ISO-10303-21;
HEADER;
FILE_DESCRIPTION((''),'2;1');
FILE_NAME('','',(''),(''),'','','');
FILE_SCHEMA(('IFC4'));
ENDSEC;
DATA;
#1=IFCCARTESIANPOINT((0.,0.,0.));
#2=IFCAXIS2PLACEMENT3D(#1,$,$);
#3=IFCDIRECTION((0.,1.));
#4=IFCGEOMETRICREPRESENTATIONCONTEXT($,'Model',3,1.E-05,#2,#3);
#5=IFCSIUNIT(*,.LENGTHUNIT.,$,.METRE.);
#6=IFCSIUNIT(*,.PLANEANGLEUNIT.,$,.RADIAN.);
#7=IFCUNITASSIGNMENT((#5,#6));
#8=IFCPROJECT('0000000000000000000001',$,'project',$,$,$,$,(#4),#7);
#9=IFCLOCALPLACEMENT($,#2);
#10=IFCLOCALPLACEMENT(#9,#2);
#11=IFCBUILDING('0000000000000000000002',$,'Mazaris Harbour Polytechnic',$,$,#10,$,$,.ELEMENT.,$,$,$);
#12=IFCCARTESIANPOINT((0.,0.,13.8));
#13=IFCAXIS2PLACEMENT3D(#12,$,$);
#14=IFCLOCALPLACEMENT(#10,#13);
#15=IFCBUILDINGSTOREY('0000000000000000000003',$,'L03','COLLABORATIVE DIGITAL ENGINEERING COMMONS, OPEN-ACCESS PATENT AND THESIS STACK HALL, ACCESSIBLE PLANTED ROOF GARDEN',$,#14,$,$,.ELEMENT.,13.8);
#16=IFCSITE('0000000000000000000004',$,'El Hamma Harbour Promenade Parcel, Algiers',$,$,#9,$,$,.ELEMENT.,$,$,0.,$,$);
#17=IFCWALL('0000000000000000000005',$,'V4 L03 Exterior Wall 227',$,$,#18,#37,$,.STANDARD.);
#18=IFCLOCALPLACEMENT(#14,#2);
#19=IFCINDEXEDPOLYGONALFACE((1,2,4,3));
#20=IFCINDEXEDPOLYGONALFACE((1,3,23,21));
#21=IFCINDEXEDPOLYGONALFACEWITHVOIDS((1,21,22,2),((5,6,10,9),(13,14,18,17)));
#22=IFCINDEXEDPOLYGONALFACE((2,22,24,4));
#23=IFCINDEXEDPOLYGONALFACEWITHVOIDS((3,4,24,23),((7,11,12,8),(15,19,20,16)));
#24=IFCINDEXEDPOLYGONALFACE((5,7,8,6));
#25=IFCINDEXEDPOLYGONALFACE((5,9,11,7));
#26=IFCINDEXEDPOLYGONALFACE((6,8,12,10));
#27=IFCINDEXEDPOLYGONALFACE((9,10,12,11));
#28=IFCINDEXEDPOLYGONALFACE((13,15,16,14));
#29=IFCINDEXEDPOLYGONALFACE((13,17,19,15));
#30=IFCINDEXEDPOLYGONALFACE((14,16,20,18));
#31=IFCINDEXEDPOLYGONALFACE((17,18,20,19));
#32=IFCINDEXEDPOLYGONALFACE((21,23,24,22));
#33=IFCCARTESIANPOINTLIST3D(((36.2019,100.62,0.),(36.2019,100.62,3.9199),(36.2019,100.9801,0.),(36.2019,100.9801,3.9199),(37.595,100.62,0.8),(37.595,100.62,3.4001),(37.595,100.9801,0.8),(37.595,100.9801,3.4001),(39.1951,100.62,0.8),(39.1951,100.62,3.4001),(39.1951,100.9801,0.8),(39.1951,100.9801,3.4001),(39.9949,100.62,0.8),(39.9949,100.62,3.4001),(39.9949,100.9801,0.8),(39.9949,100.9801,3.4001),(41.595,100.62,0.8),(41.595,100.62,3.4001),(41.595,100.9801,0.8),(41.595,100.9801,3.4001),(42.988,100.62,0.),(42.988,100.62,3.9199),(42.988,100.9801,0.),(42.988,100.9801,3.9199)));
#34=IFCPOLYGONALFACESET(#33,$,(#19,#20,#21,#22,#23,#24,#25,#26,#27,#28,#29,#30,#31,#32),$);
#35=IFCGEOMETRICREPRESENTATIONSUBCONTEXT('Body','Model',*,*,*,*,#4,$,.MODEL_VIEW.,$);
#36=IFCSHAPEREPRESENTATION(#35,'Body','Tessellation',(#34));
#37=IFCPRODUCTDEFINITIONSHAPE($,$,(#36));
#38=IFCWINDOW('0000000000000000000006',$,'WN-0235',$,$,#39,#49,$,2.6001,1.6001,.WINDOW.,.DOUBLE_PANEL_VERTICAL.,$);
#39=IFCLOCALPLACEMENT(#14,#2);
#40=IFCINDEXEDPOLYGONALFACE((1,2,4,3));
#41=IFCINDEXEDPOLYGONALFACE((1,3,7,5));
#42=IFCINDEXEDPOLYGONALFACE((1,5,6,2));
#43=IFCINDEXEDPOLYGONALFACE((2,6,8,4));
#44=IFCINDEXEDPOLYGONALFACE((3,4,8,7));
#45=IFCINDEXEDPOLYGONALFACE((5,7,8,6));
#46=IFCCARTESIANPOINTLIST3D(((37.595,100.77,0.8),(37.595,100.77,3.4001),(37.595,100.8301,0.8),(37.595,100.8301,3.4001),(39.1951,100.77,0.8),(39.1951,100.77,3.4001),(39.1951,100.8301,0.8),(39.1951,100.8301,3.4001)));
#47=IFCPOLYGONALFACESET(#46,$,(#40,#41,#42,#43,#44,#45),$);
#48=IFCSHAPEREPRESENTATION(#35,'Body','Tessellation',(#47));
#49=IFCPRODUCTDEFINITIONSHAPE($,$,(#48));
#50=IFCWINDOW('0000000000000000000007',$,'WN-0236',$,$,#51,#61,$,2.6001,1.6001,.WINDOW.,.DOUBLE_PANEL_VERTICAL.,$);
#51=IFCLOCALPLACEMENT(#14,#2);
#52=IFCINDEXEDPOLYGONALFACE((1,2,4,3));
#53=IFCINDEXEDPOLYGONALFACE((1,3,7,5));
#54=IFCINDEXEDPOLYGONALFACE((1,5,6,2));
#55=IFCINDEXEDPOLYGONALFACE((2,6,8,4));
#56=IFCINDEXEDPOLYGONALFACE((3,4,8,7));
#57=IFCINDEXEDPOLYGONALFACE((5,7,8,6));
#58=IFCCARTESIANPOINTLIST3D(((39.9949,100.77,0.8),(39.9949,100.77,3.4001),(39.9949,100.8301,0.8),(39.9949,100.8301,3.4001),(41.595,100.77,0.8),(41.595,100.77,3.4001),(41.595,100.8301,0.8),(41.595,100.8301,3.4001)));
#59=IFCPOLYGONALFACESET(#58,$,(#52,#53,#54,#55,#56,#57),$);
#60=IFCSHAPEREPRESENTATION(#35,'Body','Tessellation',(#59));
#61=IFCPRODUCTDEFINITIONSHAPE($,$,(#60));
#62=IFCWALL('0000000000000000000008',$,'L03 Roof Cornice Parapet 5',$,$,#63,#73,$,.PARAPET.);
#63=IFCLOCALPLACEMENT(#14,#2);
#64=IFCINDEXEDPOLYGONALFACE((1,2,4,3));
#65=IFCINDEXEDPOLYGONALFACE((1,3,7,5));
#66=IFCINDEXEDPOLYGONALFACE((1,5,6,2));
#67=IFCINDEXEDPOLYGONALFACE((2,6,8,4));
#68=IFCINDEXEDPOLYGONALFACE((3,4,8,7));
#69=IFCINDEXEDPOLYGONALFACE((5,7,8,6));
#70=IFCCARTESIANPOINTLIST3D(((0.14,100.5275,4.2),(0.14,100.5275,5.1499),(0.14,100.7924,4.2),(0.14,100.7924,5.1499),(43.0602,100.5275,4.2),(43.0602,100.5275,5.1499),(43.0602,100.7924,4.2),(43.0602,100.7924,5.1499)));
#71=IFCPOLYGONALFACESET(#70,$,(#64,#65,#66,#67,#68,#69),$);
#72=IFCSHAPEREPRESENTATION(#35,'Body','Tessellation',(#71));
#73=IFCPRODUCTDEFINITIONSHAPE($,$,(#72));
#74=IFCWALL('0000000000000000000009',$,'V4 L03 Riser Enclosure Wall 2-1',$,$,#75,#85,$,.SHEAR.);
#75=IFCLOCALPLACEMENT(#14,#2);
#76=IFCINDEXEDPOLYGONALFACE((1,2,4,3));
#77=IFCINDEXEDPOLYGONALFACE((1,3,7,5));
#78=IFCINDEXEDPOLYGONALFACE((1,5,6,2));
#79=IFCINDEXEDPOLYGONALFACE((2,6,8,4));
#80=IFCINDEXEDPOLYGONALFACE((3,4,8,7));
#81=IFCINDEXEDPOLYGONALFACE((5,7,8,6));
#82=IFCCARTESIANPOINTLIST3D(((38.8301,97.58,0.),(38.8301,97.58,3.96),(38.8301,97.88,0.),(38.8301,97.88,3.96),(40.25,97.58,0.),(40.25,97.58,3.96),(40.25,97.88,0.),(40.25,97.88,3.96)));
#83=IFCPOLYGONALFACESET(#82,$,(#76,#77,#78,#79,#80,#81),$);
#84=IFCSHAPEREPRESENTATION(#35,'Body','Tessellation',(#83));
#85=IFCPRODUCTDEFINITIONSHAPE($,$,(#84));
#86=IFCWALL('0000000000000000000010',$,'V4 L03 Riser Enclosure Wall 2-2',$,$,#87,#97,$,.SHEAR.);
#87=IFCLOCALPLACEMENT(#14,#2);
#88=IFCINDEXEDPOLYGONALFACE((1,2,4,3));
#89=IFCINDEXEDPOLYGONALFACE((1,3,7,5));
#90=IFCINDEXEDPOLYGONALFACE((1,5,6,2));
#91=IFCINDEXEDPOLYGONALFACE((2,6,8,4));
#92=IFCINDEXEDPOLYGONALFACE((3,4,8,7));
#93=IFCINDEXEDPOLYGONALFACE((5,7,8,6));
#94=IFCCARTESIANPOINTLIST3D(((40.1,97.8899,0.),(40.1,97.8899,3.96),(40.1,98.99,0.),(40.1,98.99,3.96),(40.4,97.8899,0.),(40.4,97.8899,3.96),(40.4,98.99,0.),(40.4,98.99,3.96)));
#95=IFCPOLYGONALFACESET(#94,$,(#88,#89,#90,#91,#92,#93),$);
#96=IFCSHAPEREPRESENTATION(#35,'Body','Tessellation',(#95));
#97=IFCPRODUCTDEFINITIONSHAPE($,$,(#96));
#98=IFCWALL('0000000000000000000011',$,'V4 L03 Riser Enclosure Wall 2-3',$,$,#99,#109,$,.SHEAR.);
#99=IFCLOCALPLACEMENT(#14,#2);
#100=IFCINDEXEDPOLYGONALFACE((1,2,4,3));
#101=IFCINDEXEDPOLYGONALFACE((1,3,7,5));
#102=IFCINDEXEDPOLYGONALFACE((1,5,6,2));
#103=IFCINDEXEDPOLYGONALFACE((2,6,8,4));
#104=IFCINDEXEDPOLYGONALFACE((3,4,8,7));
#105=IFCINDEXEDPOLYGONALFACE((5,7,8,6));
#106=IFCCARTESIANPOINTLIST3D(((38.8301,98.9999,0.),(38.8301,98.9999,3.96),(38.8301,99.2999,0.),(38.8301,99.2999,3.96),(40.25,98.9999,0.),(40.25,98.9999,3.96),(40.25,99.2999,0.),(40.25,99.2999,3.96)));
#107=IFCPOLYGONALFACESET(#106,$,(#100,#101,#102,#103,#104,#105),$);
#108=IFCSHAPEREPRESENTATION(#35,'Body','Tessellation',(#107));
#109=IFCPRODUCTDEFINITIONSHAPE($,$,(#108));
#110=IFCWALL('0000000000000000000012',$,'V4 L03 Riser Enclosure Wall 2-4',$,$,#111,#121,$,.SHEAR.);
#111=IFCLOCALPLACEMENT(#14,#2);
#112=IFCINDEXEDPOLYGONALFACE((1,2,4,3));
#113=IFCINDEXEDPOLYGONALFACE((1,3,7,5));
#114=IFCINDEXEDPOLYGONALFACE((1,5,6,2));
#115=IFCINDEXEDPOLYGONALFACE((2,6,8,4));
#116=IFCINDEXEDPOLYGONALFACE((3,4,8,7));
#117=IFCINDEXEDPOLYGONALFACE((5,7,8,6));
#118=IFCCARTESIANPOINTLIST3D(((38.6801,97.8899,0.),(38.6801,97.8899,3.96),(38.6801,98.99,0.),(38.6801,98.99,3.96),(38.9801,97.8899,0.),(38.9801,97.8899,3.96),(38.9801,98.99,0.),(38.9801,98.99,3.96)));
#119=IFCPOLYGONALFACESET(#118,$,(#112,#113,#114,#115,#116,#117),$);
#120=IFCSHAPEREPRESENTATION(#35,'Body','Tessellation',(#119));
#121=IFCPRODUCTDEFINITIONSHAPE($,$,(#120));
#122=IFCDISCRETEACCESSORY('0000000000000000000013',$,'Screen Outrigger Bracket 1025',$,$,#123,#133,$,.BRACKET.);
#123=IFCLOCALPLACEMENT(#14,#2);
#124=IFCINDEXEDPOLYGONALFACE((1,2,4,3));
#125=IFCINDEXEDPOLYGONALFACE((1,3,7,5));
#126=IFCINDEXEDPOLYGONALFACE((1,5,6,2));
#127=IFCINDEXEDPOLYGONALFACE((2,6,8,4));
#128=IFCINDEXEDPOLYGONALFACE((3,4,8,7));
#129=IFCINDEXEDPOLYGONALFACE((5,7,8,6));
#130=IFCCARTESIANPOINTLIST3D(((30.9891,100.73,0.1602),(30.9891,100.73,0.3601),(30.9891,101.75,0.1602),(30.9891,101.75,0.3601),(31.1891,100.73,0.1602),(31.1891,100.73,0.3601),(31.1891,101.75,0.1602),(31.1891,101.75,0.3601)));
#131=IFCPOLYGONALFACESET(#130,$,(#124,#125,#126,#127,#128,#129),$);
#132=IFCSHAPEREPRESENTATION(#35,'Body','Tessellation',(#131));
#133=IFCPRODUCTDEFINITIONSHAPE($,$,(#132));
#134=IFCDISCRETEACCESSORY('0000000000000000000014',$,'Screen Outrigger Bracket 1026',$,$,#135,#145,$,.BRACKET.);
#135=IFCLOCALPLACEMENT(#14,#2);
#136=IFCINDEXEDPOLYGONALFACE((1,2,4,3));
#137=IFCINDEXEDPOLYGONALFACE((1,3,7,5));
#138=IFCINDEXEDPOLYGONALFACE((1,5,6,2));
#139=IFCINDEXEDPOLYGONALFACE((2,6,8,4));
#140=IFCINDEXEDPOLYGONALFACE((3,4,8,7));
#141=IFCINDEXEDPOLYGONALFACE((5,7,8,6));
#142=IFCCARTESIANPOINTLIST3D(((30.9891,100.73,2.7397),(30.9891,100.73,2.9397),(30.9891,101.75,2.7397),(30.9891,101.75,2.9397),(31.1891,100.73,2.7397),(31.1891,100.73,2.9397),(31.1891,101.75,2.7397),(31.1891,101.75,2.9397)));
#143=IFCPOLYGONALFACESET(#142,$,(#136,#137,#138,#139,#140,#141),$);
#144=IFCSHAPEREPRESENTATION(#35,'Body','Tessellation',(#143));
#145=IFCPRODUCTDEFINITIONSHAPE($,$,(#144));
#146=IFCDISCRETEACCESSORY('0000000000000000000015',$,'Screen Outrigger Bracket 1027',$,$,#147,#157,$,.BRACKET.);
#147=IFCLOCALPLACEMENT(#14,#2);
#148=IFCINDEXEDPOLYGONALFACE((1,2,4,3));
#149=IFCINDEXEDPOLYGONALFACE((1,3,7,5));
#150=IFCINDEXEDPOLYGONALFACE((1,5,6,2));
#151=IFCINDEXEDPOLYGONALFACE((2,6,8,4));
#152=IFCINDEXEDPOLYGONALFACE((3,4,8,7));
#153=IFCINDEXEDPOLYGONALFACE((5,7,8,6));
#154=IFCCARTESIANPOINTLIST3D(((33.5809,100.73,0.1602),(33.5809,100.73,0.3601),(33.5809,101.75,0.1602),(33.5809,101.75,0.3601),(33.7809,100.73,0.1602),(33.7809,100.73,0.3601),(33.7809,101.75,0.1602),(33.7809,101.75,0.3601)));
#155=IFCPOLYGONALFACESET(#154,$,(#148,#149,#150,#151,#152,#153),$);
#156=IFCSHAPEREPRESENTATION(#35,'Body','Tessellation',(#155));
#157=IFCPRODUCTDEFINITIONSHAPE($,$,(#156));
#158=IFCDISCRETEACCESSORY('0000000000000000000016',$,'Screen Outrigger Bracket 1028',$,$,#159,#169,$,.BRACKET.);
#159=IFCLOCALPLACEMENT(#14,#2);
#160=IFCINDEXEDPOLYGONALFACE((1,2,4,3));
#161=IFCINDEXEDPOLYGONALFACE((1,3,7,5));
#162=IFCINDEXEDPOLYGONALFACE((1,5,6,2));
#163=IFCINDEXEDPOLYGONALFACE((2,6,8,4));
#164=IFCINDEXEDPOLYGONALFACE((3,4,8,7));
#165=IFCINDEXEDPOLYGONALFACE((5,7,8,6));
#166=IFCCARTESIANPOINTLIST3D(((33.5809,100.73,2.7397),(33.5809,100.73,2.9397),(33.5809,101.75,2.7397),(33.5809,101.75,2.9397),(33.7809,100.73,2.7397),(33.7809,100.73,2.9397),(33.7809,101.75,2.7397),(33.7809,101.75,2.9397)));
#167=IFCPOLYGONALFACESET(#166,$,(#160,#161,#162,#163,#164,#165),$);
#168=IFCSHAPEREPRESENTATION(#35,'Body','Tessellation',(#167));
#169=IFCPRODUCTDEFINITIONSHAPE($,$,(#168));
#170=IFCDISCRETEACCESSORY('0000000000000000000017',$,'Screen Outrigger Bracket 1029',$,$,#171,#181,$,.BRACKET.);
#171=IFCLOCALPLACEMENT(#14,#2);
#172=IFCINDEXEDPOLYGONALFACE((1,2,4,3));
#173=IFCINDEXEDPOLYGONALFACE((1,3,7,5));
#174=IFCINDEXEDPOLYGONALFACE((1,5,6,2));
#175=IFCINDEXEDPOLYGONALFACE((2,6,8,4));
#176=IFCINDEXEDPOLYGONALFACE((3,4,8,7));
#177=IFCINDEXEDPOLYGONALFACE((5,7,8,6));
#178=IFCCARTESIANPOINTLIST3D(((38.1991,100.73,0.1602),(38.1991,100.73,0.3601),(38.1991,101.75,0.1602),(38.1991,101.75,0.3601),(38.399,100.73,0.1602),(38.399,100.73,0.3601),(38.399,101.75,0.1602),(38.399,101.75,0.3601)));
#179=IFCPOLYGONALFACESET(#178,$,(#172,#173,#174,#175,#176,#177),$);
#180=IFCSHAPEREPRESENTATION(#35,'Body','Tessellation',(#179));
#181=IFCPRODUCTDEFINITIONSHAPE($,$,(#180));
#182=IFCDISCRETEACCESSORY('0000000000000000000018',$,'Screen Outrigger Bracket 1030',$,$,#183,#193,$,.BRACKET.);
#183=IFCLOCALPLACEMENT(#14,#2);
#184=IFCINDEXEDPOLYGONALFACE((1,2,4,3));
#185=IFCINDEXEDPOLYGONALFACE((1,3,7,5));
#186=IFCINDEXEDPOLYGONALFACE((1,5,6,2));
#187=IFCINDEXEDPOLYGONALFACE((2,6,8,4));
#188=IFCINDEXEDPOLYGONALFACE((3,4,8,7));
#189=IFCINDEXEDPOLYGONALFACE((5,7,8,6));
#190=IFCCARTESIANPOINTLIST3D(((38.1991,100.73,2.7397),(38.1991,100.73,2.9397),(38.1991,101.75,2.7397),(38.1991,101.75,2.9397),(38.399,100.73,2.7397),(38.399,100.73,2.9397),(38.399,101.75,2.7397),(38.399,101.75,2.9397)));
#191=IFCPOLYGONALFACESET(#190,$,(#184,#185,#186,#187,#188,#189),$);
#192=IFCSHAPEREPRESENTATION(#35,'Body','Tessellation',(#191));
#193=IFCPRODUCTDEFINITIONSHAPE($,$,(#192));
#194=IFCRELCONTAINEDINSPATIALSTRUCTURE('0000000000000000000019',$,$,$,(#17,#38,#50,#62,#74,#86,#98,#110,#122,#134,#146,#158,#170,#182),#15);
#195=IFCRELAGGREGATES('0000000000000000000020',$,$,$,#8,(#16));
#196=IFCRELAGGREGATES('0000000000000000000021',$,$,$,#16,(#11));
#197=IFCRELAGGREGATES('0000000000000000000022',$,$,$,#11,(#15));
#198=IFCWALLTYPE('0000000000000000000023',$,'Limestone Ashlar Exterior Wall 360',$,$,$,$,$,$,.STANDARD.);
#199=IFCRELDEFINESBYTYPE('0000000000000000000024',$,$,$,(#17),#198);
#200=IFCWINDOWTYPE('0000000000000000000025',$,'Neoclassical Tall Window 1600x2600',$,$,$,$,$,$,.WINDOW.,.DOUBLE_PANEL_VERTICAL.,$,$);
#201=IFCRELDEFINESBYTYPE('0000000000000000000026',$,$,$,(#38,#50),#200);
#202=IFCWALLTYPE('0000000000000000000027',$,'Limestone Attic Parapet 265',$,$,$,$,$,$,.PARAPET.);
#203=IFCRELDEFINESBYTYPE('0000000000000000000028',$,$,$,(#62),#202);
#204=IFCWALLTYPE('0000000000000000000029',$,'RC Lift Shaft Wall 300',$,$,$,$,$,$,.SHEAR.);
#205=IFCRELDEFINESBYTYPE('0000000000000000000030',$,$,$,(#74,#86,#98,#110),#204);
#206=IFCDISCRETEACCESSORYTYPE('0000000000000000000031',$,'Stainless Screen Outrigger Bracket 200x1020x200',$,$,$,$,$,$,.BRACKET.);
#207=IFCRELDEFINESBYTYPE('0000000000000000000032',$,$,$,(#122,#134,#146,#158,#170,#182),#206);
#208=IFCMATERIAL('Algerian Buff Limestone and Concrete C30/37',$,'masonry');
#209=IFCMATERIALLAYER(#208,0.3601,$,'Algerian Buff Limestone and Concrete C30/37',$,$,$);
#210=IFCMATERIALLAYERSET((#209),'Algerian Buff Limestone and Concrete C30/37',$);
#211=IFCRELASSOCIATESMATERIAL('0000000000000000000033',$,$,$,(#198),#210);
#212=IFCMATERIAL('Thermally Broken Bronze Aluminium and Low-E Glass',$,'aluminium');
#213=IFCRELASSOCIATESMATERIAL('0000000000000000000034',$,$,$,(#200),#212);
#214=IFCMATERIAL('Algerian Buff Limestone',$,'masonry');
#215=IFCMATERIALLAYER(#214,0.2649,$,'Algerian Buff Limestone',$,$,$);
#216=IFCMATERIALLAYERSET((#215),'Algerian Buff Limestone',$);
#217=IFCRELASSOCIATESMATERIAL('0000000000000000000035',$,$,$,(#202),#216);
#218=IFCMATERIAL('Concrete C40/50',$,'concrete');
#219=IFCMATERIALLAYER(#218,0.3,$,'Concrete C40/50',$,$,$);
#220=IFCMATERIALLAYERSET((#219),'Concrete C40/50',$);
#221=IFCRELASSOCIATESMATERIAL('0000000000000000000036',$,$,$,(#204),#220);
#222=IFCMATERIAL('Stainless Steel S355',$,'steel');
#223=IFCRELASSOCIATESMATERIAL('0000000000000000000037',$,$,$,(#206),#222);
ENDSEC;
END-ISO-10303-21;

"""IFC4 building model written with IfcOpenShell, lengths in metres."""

from ifc_helpers import new_model, si_unit, direction, frame, frame_2d, origin, origin_2d, place, context, subcontext, project, spatial, rectangle, extrude, material, layer, layer_set, type_object, element, fill, save


model = new_model("IFC4")

# Units and contexts
model_context = context("Model", 3, precision=1e-05, world=origin(), true_north=direction((0.0, 1.0)))
body_context = subcontext(model_context, "Body", "Model", "MODEL_VIEW")
ifc_project = project(units=[si_unit("LENGTHUNIT", "METRE"), si_unit("PLANEANGLEUNIT", "RADIAN")], contexts=[model_context])

# Site, building, storey
site_placement = place(None, origin())
site = spatial("IfcSite", under=ifc_project, at=site_placement, Name="El Hamma Harbour Promenade Parcel, Algiers", CompositionType="ELEMENT", RefElevation=0.0)
building_placement = place(site_placement, origin())
building = spatial("IfcBuilding", under=site, at=building_placement, Name="Mazaris Harbour Polytechnic", CompositionType="ELEMENT")
storey_placement = place(building_placement, frame((0.0, 0.0, 13.8)))
storey = spatial("IfcBuildingStorey", under=building, at=storey_placement, Name="L03", Description="COLLABORATIVE DIGITAL ENGINEERING COMMONS, OPEN-ACCESS PATENT AND THESIS STACK HALL, ACCESSIBLE PLANTED ROOF GARDEN", CompositionType="ELEMENT", Elevation=13.8)

# Wall, openings, windows
ifc_material_1 = material(Name="Algerian Buff Limestone and Concrete C30/37", Category="masonry")
ifc_layer_1 = layer(ifc_material_1, 0.3601, Name="Algerian Buff Limestone and Concrete C30/37")
ifc_layer_set_1 = layer_set([ifc_layer_1], Name="Algerian Buff Limestone and Concrete C30/37")
wall_type_1 = type_object("IfcWallType", Name="Limestone Ashlar Exterior Wall 360", PredefinedType="STANDARD", material=ifc_layer_set_1)
wall_1_placement = place(storey_placement, frame((36.2019, 100.8, 0.0), z_axis=(0.0, 0.0, 1.0), x_axis=(1.0, 0.0, 0.0)))
wall_1 = element("IfcWall", 1, at=wall_1_placement, inside=storey, type_object=wall_type_1, Name="V4 L03 Exterior Wall 227", PredefinedType="STANDARD", context=body_context, shape_type="SweptSolid", body=[
    extrude(rectangle(XDim=6.7861, YDim=0.3601, at=frame_2d((3.3931, 0.0))), origin(), (0.0, 0.0, 1.0), 3.9199),
])
opening_1_placement = place(wall_1_placement, frame((1.3931, 0.0, 0.8)))
opening_1 = element("IfcOpeningElement", 2, at=opening_1_placement, cuts=wall_1, PredefinedType="OPENING", context=body_context, shape_type="SweptSolid", body=[
    extrude(rectangle(XDim=1.6001, YDim=2.6001, at=frame_2d((0.8, 1.3))), frame((0.0, 0.1899, 0.0), z_axis=(0.0, -1.0, 0.0), x_axis=(1.0, 0.0, 0.0)), (0.0, 0.0, 1.0), 0.3801),
])
opening_2_placement = place(wall_1_placement, frame((3.793, 0.0, 0.8)))
opening_2 = element("IfcOpeningElement", 3, at=opening_2_placement, cuts=wall_1, PredefinedType="OPENING", context=body_context, shape_type="SweptSolid", body=[
    extrude(rectangle(XDim=1.6001, YDim=2.6001, at=frame_2d((0.8, 1.3))), frame((0.0, 0.1899, 0.0), z_axis=(0.0, -1.0, 0.0), x_axis=(1.0, 0.0, 0.0)), (0.0, 0.0, 1.0), 0.3801),
])
ifc_material_2 = material(Name="Thermally Broken Bronze Aluminium and Low-E Glass", Category="aluminium")
window_type_1 = type_object("IfcWindowType", Name="Neoclassical Tall Window 1600x2600", PartitioningType="DOUBLE_PANEL_VERTICAL", PredefinedType="WINDOW", material=ifc_material_2)
window_1_placement = place(opening_1_placement, origin())
window_1 = element("IfcWindow", 4, at=window_1_placement, inside=storey, type_object=window_type_1, Name="WN-0235", OverallHeight=2.6001, OverallWidth=1.6001, PartitioningType="DOUBLE_PANEL_VERTICAL", PredefinedType="WINDOW", context=body_context, shape_type="SweptSolid", body=[
    extrude(rectangle(XDim=1.6001, YDim=2.6001, at=frame_2d((0.8, 1.3))), frame((0.0, 0.03, 0.0), z_axis=(0.0, -1.0, 0.0), x_axis=(1.0, 0.0, 0.0)), (0.0, 0.0, 1.0), 0.0601),
])
fill(opening_1, window_1)
window_2_placement = place(opening_2_placement, origin())
window_2 = element("IfcWindow", 5, at=window_2_placement, inside=storey, type_object=window_type_1, Name="WN-0236", OverallHeight=2.6001, OverallWidth=1.6001, PartitioningType="DOUBLE_PANEL_VERTICAL", PredefinedType="WINDOW", context=body_context, shape_type="SweptSolid", body=[
    extrude(rectangle(XDim=1.6001, YDim=2.6001, at=frame_2d((0.8, 1.3))), frame((0.0, 0.03, 0.0), z_axis=(0.0, -1.0, 0.0), x_axis=(1.0, 0.0, 0.0)), (0.0, 0.0, 1.0), 0.0601),
])
fill(opening_2, window_2)

# Walls
ifc_material_3 = material(Name="Algerian Buff Limestone", Category="masonry")
ifc_layer_2 = layer(ifc_material_3, 0.2649, Name="Algerian Buff Limestone")
ifc_layer_set_2 = layer_set([ifc_layer_2], Name="Algerian Buff Limestone")
wall_type_2 = type_object("IfcWallType", Name="Limestone Attic Parapet 265", PredefinedType="PARAPET", material=ifc_layer_set_2)
wall_2_placement = place(storey_placement, frame((43.0601, 100.6599, 4.2), z_axis=(0.0, 0.0, 1.0), x_axis=(-1.0, 0.0, 0.0)))
element("IfcWall", 6, at=wall_2_placement, inside=storey, type_object=wall_type_2, Name="L03 Roof Cornice Parapet 5", PredefinedType="PARAPET", context=body_context, shape_type="SweptSolid", body=[
    extrude(rectangle(XDim=42.9202, YDim=0.2649, at=frame_2d((21.46, 0.0))), origin(), (0.0, 0.0, 1.0), 0.95),
])
ifc_material_4 = material(Name="Concrete C40/50", Category="concrete")
ifc_layer_3 = layer(ifc_material_4, 0.3, Name="Concrete C40/50")
ifc_layer_set_3 = layer_set([ifc_layer_3], Name="Concrete C40/50")
wall_type_3 = type_object("IfcWallType", Name="RC Lift Shaft Wall 300", PredefinedType="SHEAR", material=ifc_layer_set_3)
wall_3_placement = place(storey_placement, frame((38.8301, 97.73, 0.0), z_axis=(0.0, 0.0, 1.0), x_axis=(1.0, 0.0, 0.0)))
element("IfcWall", 7, at=wall_3_placement, inside=storey, type_object=wall_type_3, Name="V4 L03 Riser Enclosure Wall 2-1", PredefinedType="SHEAR", context=body_context, shape_type="SweptSolid", body=[
    extrude(rectangle(XDim=1.4199, YDim=0.3, at=frame_2d((0.71, 0.0))), origin(), (0.0, 0.0, 1.0), 3.96),
])
wall_4_placement = place(storey_placement, frame((40.25, 97.8899, 0.0), z_axis=(0.0, 0.0, 1.0), x_axis=(0.0, 1.0, 0.0)))
element("IfcWall", 8, at=wall_4_placement, inside=storey, type_object=wall_type_3, Name="V4 L03 Riser Enclosure Wall 2-2", PredefinedType="SHEAR", context=body_context, shape_type="SweptSolid", body=[
    extrude(rectangle(XDim=1.1001, YDim=0.3, at=frame_2d((0.55, 0.0))), origin(), (0.0, 0.0, 1.0), 3.96),
])
wall_5_placement = place(storey_placement, frame((40.25, 99.1499, 0.0), z_axis=(0.0, 0.0, 1.0), x_axis=(-1.0, 0.0, 0.0)))
element("IfcWall", 9, at=wall_5_placement, inside=storey, type_object=wall_type_3, Name="V4 L03 Riser Enclosure Wall 2-3", PredefinedType="SHEAR", context=body_context, shape_type="SweptSolid", body=[
    extrude(rectangle(XDim=1.4199, YDim=0.3, at=frame_2d((0.71, 0.0))), origin(), (0.0, 0.0, 1.0), 3.96),
])
wall_6_placement = place(storey_placement, frame((38.8301, 98.99, 0.0), z_axis=(0.0, 0.0, 1.0), x_axis=(0.0, -1.0, 0.0)))
element("IfcWall", 10, at=wall_6_placement, inside=storey, type_object=wall_type_3, Name="V4 L03 Riser Enclosure Wall 2-4", PredefinedType="SHEAR", context=body_context, shape_type="SweptSolid", body=[
    extrude(rectangle(XDim=1.1001, YDim=0.3, at=frame_2d((0.55, 0.0))), origin(), (0.0, 0.0, 1.0), 3.96),
])

# Discrete accessories
ifc_material_5 = material(Name="Stainless Steel S355", Category="steel")
discrete_accessory_type = type_object("IfcDiscreteAccessoryType", Name="Stainless Screen Outrigger Bracket 200x1020x200", PredefinedType="BRACKET", material=ifc_material_5)
for number, where, z_axis, x_axis, name in (
    (11, (31.0891, 101.24, 0.1602), (0.0, 0.0, 1.0), (1.0, 0.0, 0.0), "Screen Outrigger Bracket 1025"),
    (12, (31.0891, 101.24, 2.7397), (0.0, 0.0, 1.0), (1.0, 0.0, 0.0), "Screen Outrigger Bracket 1026"),
    (13, (33.6809, 101.24, 0.1602), (0.0, 0.0, 1.0), (1.0, 0.0, 0.0), "Screen Outrigger Bracket 1027"),
    (14, (33.6809, 101.24, 2.7397), (0.0, 0.0, 1.0), (1.0, 0.0, 0.0), "Screen Outrigger Bracket 1028"),
    (15, (38.2991, 101.24, 0.1602), (0.0, 0.0, 1.0), (1.0, 0.0, 0.0), "Screen Outrigger Bracket 1029"),
    (16, (38.2991, 101.24, 2.7397), (0.0, 0.0, 1.0), (1.0, 0.0, 0.0), "Screen Outrigger Bracket 1030"),
):
    element("IfcDiscreteAccessory", number, at=place(storey_placement, frame(where, z_axis=z_axis, x_axis=x_axis)), inside=storey, type_object=discrete_accessory_type, Name=name, PredefinedType="BRACKET", context=body_context, shape_type="SweptSolid", body=[
        extrude(rectangle(XDim=0.2, YDim=1.02, at=origin_2d()), origin(), (0.0, 0.0, 1.0), 0.2),
    ])

save(model, "model.ifc")
